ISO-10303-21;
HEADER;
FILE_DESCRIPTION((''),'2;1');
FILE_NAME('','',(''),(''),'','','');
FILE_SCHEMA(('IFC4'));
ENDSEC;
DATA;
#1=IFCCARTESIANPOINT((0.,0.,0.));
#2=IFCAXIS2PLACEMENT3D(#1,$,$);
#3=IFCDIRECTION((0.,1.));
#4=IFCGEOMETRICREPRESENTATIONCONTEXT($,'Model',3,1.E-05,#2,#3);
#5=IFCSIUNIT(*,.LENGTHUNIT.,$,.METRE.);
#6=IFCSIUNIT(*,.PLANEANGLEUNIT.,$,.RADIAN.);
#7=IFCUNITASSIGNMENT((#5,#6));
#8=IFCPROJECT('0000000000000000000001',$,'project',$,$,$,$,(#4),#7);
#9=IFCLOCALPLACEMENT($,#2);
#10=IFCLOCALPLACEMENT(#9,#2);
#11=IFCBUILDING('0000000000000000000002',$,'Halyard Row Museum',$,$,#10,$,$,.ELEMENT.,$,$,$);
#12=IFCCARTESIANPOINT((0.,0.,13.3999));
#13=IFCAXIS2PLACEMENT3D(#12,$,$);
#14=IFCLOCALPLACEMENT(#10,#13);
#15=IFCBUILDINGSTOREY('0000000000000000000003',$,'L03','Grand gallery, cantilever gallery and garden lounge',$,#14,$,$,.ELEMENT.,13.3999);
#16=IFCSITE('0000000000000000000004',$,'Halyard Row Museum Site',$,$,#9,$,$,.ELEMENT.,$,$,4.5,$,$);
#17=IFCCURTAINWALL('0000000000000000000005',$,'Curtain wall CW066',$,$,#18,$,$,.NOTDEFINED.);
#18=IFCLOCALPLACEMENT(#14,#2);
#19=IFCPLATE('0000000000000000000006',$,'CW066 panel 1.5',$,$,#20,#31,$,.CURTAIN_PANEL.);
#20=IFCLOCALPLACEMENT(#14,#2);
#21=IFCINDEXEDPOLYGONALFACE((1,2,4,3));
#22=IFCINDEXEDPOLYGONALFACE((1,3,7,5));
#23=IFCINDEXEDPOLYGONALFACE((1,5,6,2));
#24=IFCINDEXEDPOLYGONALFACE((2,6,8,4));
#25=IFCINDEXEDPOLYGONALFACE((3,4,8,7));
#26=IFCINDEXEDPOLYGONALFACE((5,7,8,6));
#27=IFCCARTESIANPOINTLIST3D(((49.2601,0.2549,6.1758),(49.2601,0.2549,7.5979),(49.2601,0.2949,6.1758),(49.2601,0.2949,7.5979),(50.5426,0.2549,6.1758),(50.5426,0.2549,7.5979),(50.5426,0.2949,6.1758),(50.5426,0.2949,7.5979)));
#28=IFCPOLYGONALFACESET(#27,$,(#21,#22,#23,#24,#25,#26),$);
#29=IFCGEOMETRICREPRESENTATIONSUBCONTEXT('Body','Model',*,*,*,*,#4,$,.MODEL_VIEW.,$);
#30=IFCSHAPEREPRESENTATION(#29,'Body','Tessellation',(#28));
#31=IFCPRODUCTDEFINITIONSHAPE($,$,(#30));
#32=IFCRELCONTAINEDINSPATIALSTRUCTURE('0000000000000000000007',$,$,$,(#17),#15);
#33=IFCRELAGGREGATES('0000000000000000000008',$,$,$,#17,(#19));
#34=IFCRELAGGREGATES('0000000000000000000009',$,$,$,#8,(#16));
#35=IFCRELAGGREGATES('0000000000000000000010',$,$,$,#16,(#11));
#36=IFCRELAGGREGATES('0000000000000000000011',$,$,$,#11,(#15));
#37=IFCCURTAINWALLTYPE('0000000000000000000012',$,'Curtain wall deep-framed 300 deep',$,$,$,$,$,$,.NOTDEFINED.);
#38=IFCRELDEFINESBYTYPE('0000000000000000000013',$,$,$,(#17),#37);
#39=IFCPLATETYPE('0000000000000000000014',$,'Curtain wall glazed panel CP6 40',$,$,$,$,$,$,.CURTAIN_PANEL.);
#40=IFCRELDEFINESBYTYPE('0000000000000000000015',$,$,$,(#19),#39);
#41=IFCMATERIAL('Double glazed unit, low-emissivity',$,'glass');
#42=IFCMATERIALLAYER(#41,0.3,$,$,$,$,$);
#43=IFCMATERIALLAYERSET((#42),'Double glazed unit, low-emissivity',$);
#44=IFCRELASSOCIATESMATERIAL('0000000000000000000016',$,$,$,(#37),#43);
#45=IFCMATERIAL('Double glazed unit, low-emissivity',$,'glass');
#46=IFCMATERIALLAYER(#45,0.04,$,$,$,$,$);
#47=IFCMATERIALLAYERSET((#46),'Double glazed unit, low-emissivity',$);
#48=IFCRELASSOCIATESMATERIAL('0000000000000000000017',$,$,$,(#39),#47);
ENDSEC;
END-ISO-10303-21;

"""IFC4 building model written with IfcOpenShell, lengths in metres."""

from ifc_helpers import new_model, si_unit, direction, frame, origin, origin_2d, place, context, subcontext, project, spatial, rectangle, extrude, material, layer, layer_set, type_object, element, aggregate, save


model = new_model("IFC4")

# Units and contexts
model_context = context("Model", 3, precision=1e-05, world=origin(), true_north=direction((0.0, 1.0)))
body_context = subcontext(model_context, "Body", "Model", "MODEL_VIEW")
ifc_project = project(units=[si_unit("LENGTHUNIT", "METRE"), si_unit("PLANEANGLEUNIT", "RADIAN")], contexts=[model_context])

# Site, building, storey
site_placement = place(None, origin())
site = spatial("IfcSite", under=ifc_project, at=site_placement, Name="Halyard Row Museum Site", CompositionType="ELEMENT", RefElevation=4.5)
building_placement = place(site_placement, origin())
building = spatial("IfcBuilding", under=site, at=building_placement, Name="Halyard Row Museum", CompositionType="ELEMENT")
storey_placement = place(building_placement, frame((0.0, 0.0, 13.3999)))
storey = spatial("IfcBuildingStorey", under=building, at=storey_placement, Name="L03", Description="Grand gallery, cantilever gallery and garden lounge", CompositionType="ELEMENT", Elevation=13.3999)

# Curtain wall
ifc_material_1 = material(Name="Double glazed unit, low-emissivity", Category="glass")
ifc_layer_1 = layer(ifc_material_1, 0.3)
ifc_layer_set_1 = layer_set([ifc_layer_1], Name="Double glazed unit, low-emissivity")
curtain_wall_type = type_object("IfcCurtainWallType", Name="Curtain wall deep-framed 300 deep", PredefinedType="NOTDEFINED", material=ifc_layer_set_1)
curtain_wall_placement = place(storey_placement, origin())
curtain_wall = element("IfcCurtainWall", 1, at=curtain_wall_placement, inside=storey, type_object=curtain_wall_type, Name="Curtain wall CW066", PredefinedType="NOTDEFINED")

# Plate
ifc_material_2 = material(Name="Double glazed unit, low-emissivity", Category="glass")
ifc_layer_2 = layer(ifc_material_2, 0.04)
ifc_layer_set_2 = layer_set([ifc_layer_2], Name="Double glazed unit, low-emissivity")
plate_type = type_object("IfcPlateType", Name="Curtain wall glazed panel CP6 40", PredefinedType="CURTAIN_PANEL", material=ifc_layer_set_2)
plate_1_placement = place(storey_placement, frame((49.9014, 0.2749, 6.1758), z_axis=(0.0, 0.0, 1.0), x_axis=(1.0, 0.0, 0.0)))
plate_1 = element("IfcPlate", 2, at=plate_1_placement, type_object=plate_type, Name="CW066 panel 1.5", PredefinedType="CURTAIN_PANEL", context=body_context, shape_type="SweptSolid", body=[
    extrude(rectangle(XDim=1.2825, YDim=0.04, at=origin_2d()), origin(), (0.0, 0.0, 1.0), 1.4221),
])
aggregate(curtain_wall, [plate_1])

save(model, "model.ifc")
